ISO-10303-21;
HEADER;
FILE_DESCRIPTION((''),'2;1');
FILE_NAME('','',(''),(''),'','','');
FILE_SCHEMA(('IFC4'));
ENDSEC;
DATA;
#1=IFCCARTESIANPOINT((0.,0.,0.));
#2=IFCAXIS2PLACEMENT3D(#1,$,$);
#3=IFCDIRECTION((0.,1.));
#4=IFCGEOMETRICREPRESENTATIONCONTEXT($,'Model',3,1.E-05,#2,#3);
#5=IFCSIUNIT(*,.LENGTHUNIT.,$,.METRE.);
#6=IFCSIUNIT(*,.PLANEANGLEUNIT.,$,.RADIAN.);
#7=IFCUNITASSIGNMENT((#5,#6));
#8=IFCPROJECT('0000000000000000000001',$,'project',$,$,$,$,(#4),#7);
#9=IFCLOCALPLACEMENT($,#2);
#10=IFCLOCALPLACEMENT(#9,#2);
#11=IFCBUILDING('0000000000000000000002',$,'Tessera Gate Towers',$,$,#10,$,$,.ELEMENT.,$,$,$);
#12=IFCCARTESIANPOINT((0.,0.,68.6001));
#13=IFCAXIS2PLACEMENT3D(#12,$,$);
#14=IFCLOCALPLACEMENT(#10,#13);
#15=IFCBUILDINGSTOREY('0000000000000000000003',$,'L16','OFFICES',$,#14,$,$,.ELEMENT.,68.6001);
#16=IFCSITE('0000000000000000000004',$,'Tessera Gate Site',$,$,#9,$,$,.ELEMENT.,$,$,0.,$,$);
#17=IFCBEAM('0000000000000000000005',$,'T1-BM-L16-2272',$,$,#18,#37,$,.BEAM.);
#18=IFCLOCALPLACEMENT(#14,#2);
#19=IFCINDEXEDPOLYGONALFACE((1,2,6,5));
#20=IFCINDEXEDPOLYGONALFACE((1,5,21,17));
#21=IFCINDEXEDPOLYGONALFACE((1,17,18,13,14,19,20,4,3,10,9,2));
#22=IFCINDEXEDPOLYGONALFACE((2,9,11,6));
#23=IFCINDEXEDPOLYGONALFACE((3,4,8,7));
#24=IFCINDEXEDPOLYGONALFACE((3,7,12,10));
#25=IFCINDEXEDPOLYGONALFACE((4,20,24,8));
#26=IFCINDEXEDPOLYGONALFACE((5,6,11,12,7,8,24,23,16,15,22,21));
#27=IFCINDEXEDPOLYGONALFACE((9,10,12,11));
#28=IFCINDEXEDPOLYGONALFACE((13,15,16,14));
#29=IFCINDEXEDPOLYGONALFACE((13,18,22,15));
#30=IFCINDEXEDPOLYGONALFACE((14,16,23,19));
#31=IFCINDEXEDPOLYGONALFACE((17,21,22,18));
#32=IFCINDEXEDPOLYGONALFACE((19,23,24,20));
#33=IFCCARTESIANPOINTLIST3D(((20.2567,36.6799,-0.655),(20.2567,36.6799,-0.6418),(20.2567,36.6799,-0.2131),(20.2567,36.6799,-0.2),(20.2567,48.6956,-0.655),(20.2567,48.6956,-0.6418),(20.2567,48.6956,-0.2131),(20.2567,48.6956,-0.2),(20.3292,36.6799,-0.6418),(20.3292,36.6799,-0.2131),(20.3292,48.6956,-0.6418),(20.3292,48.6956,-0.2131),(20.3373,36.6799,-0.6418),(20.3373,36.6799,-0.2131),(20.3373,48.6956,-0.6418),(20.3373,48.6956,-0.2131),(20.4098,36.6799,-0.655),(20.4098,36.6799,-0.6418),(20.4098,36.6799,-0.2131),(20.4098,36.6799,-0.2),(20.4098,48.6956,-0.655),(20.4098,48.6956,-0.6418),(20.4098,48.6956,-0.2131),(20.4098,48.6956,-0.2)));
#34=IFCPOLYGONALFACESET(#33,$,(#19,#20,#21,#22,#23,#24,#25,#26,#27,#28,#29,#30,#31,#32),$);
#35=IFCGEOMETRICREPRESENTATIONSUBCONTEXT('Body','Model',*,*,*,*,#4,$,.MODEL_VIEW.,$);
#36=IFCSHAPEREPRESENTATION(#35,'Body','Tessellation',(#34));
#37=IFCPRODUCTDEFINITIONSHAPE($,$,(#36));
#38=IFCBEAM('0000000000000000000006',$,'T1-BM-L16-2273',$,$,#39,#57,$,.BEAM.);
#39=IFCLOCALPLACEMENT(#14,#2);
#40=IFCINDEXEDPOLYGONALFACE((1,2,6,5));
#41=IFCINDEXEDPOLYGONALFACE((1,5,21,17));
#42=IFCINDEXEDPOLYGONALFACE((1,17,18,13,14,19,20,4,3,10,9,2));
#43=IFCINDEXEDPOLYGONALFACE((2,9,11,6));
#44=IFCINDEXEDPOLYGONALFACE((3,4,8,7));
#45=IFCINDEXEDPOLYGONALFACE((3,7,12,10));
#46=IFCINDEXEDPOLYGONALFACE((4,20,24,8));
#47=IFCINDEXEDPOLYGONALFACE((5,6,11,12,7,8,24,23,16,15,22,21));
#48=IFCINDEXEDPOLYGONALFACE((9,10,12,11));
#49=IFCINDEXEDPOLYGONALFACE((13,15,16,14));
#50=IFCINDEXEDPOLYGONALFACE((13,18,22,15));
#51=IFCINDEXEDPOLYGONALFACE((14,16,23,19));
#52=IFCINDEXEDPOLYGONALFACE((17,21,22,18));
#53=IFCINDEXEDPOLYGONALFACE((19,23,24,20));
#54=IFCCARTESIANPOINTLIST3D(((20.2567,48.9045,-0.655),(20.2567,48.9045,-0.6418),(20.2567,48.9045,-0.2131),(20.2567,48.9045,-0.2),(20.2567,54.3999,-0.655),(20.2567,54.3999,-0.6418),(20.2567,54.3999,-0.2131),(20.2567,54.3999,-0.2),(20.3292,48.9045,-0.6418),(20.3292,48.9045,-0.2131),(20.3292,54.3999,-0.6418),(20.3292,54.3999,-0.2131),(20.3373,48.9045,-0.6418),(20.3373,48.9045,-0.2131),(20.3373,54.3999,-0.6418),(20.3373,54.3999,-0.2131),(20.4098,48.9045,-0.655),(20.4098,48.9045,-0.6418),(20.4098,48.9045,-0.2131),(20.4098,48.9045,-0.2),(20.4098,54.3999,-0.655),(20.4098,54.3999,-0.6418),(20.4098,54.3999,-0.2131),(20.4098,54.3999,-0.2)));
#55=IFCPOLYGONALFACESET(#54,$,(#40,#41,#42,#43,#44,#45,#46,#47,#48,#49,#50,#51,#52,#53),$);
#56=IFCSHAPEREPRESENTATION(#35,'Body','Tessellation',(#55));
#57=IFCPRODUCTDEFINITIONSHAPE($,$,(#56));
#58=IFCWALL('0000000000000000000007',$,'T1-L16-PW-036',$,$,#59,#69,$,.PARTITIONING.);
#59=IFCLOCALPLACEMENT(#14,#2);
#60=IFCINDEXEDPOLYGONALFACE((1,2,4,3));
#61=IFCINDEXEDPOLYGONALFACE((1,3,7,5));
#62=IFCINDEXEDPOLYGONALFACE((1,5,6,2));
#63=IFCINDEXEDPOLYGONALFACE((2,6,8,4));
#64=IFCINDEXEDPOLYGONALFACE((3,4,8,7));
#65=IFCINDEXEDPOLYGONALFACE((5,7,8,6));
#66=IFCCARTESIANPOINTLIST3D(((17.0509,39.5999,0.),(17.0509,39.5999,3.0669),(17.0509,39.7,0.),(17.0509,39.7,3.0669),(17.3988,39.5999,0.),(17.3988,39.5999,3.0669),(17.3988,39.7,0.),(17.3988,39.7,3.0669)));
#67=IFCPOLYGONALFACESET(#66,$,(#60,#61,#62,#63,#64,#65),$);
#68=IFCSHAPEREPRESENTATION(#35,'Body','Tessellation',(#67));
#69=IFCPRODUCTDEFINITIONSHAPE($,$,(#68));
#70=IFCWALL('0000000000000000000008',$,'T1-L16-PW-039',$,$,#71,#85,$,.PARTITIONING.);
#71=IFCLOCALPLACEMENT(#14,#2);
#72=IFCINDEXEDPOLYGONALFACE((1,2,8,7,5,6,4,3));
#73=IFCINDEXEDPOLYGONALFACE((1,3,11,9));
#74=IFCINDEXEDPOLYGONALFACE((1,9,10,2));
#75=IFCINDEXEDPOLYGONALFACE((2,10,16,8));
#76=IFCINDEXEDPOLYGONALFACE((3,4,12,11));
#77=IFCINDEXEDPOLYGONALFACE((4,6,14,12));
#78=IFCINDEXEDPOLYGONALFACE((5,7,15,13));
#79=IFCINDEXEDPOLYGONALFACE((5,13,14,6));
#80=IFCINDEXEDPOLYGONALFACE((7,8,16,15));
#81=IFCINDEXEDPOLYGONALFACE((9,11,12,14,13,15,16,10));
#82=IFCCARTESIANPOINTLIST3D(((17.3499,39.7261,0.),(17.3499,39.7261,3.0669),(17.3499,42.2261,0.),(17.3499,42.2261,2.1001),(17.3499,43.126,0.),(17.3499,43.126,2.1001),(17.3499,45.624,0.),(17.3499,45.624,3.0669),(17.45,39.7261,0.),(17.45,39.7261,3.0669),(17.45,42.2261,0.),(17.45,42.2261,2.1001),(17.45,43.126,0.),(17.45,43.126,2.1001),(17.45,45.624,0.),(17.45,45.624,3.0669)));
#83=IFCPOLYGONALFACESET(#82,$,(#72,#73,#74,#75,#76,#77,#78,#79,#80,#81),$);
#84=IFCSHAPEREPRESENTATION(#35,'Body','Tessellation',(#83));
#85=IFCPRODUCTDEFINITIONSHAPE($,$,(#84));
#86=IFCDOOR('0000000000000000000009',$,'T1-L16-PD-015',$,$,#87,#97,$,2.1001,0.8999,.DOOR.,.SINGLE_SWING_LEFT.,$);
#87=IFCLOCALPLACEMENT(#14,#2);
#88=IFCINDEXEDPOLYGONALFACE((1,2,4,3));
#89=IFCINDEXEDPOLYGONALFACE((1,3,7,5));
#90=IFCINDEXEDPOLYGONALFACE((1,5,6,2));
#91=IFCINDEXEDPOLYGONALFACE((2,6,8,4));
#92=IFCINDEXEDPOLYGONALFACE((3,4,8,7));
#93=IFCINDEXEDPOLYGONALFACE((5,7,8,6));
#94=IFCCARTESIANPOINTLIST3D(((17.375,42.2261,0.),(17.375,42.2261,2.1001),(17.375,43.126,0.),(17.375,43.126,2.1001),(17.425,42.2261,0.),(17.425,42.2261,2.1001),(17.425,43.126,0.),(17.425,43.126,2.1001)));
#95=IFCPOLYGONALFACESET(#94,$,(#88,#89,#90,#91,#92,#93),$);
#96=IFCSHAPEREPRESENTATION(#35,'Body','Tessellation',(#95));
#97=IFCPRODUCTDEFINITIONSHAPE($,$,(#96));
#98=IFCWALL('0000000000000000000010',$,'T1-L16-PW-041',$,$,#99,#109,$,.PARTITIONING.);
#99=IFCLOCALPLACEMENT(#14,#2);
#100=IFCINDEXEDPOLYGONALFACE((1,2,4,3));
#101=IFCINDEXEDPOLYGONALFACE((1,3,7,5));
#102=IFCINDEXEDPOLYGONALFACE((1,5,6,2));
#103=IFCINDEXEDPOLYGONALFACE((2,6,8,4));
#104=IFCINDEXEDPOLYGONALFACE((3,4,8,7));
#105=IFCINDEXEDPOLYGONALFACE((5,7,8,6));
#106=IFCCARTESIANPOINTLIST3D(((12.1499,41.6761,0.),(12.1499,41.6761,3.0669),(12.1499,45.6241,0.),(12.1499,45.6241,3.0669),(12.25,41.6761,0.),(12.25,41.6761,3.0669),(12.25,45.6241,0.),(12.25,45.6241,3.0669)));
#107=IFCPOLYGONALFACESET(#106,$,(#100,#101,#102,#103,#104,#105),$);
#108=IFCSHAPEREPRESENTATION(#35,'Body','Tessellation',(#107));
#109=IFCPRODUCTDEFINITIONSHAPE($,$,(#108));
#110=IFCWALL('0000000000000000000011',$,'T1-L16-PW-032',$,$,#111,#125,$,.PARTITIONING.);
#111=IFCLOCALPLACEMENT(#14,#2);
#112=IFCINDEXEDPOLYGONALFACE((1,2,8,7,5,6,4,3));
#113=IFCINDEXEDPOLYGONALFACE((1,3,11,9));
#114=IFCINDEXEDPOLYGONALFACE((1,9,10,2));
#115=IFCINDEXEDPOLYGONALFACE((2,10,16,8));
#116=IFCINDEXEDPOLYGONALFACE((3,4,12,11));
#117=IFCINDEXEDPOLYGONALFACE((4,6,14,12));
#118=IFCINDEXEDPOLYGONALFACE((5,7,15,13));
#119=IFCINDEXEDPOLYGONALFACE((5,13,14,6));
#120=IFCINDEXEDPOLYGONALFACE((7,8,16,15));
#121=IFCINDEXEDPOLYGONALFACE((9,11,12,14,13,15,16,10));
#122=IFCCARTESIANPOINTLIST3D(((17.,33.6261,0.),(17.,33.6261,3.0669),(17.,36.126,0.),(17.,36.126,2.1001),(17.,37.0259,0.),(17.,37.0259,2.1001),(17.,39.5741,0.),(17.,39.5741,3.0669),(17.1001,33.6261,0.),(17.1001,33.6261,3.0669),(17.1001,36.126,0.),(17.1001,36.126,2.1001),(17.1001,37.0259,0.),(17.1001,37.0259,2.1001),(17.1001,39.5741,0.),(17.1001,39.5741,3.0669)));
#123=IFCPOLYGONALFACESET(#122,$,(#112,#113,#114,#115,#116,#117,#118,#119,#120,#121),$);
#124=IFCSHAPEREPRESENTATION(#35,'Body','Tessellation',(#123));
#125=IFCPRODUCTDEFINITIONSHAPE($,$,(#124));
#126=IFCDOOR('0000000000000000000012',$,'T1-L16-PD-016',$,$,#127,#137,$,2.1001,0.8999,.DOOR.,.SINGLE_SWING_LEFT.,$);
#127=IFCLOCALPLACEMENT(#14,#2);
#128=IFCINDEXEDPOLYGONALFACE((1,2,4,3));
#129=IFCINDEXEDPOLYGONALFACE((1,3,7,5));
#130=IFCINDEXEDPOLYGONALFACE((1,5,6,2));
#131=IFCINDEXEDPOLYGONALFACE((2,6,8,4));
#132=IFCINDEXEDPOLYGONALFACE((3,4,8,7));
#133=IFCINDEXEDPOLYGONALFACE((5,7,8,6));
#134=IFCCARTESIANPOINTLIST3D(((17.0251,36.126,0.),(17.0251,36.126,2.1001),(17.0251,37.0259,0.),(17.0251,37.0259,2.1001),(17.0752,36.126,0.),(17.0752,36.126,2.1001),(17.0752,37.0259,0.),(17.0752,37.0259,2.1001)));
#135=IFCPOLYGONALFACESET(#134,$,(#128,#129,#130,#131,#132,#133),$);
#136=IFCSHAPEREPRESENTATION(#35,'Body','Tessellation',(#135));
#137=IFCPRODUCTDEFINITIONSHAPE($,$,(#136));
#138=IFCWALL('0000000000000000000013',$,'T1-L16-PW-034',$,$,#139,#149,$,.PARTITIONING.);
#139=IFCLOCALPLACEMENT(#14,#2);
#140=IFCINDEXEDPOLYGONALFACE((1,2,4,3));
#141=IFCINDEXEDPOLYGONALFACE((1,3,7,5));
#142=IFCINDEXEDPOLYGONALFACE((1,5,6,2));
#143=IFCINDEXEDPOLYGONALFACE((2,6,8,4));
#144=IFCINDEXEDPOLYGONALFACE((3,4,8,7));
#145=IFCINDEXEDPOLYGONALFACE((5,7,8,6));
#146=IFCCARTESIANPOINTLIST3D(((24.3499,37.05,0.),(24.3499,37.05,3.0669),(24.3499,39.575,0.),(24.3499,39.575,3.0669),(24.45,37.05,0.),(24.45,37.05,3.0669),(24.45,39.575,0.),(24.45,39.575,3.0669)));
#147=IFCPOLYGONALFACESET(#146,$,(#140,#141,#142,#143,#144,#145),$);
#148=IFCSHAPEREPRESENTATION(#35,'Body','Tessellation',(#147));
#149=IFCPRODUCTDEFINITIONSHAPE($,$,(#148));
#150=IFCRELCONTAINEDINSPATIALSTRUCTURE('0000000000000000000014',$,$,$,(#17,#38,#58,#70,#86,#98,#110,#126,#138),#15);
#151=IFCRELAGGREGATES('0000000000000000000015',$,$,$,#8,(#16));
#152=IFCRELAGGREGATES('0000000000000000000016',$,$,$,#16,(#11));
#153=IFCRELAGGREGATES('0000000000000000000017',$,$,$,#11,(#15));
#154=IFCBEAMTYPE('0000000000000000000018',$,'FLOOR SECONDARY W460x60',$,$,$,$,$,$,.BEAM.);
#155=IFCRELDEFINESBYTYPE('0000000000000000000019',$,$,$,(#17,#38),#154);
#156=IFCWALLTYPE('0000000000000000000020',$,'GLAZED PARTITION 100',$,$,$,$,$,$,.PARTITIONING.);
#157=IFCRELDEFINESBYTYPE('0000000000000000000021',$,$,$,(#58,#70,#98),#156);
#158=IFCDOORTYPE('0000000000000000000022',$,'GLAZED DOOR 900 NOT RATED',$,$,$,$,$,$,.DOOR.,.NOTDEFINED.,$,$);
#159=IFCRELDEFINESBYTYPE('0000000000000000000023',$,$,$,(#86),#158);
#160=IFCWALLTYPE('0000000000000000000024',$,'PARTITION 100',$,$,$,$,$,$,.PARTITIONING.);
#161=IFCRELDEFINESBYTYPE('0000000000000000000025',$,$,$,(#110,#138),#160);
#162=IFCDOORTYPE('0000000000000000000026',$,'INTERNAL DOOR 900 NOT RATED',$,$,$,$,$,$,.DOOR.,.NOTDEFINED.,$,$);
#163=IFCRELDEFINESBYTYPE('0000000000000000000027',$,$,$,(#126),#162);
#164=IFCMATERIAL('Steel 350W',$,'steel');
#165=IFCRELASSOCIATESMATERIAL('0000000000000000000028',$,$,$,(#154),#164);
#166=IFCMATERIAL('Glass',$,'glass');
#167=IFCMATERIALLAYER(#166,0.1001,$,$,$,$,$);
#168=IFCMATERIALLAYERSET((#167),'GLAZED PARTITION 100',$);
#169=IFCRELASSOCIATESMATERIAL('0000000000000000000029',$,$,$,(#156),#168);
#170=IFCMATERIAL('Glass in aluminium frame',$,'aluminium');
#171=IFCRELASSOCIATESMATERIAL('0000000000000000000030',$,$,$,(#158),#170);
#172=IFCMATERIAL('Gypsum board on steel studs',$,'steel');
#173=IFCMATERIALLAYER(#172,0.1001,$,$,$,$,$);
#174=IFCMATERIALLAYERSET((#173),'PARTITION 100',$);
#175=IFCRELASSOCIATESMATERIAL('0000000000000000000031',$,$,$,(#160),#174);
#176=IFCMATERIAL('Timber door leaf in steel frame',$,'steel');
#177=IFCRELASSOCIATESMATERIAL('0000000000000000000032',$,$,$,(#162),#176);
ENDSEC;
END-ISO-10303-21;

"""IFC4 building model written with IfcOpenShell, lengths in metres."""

from ifc_helpers import new_model, si_unit, direction, frame, frame_2d, origin, origin_2d, place, context, subcontext, project, spatial, rectangle, i_section, extrude, source, transform, mapped, material, layer, layer_set, material_profile, profile_set, type_object, element, fill, save


model = new_model("IFC4")

# Units and contexts
model_context = context("Model", 3, precision=1e-05, world=origin(), true_north=direction((0.0, 1.0)))
body_context = subcontext(model_context, "Body", "Model", "MODEL_VIEW")
ifc_project = project(units=[si_unit("LENGTHUNIT", "METRE"), si_unit("PLANEANGLEUNIT", "RADIAN")], contexts=[model_context])

# Site, building, storey
site_placement = place(None, origin())
site = spatial("IfcSite", under=ifc_project, at=site_placement, Name="Tessera Gate Site", CompositionType="ELEMENT", RefElevation=0.0)
building_placement = place(site_placement, origin())
building = spatial("IfcBuilding", under=site, at=building_placement, Name="Tessera Gate Towers", CompositionType="ELEMENT")
storey_placement = place(building_placement, frame((0.0, 0.0, 68.6001)))
storey = spatial("IfcBuildingStorey", under=building, at=storey_placement, Name="L16", Description="OFFICES", CompositionType="ELEMENT", Elevation=68.6001)

# Beams
ifc_material_1 = material(Name="Steel 350W", Category="steel")
ifc_material_profile_1 = material_profile(ifc_material_1, i_section(OverallWidth=0.1531, OverallDepth=0.4551, WebThickness=0.0081, FlangeThickness=0.0132, at=origin_2d()), Name="W460x60")
ifc_profile_set_1 = profile_set([ifc_material_profile_1], Name="Steel 350W")
beam_type_1 = type_object("IfcBeamType", Name="FLOOR SECONDARY W460x60", PredefinedType="BEAM", material=ifc_profile_set_1)
beam_1_placement = place(storey_placement, frame((20.3333, 36.6799, -0.4275), z_axis=(0.0, 1.0, 0.0), x_axis=(-1.0, 0.0, 0.0)))
element("IfcBeam", 1, at=beam_1_placement, inside=storey, type_object=beam_type_1, Name="T1-BM-L16-2272", PredefinedType="BEAM", context=body_context, shape_type="SweptSolid", body=[
    extrude(i_section(OverallWidth=0.1531, OverallDepth=0.4551, WebThickness=0.0081, FlangeThickness=0.0132, at=origin_2d()), origin(), (0.0, 0.0, 1.0), 12.0156),
])
beam_2_placement = place(storey_placement, frame((20.3333, 48.9045, -0.4275), z_axis=(0.0, 1.0, 0.0), x_axis=(-1.0, 0.0, 0.0)))
element("IfcBeam", 2, at=beam_2_placement, inside=storey, type_object=beam_type_1, Name="T1-BM-L16-2273", PredefinedType="BEAM", context=body_context, shape_type="SweptSolid", body=[
    extrude(i_section(OverallWidth=0.1531, OverallDepth=0.4551, WebThickness=0.0081, FlangeThickness=0.0132, at=origin_2d()), origin(), (0.0, 0.0, 1.0), 5.4954),
])

# Wall
ifc_material_2 = material(Name="Glass", Category="glass")
ifc_layer_1 = layer(ifc_material_2, 0.1001)
ifc_layer_set_1 = layer_set([ifc_layer_1], Name="GLAZED PARTITION 100")
wall_type_1 = type_object("IfcWallType", Name="GLAZED PARTITION 100", PredefinedType="PARTITIONING", material=ifc_layer_set_1)
wall_1_placement = place(storey_placement, frame((17.051, 39.6499, 0.0), z_axis=(0.0, 0.0, 1.0), x_axis=(1.0, 0.0, 0.0)))
element("IfcWall", 3, at=wall_1_placement, inside=storey, type_object=wall_type_1, Name="T1-L16-PW-036", PredefinedType="PARTITIONING", context=body_context, shape_type="SweptSolid", body=[
    extrude(rectangle(XDim=0.3479, YDim=0.1001, at=frame_2d((0.1738, 0.0))), origin(), (0.0, 0.0, 1.0), 3.0669),
])

# Wall, opening, door
wall_2_placement = place(storey_placement, frame((17.3999, 39.7261, 0.0), z_axis=(0.0, 0.0, 1.0), x_axis=(0.0, 1.0, 0.0)))
wall_2 = element("IfcWall", 4, at=wall_2_placement, inside=storey, type_object=wall_type_1, Name="T1-L16-PW-039", PredefinedType="PARTITIONING", context=body_context, shape_type="SweptSolid", body=[
    extrude(rectangle(XDim=5.8979, YDim=0.1001, at=frame_2d((2.949, 0.0))), origin(), (0.0, 0.0, 1.0), 3.0669),
])
shared_shape_1 = source(origin(), body_context, "Body", "SweptSolid", [
    extrude(rectangle(XDim=0.8999, YDim=2.1001, at=frame_2d((0.45, 1.05))), frame((0.0, 0.0601, 0.0), z_axis=(0.0, -1.0, 0.0), x_axis=(1.0, 0.0, 0.0)), (0.0, 0.0, 1.0), 0.1201),
])
opening_1_placement = place(wall_2_placement, frame((2.5, 0.0, 0.0)))
opening_1 = element("IfcOpeningElement", 5, at=opening_1_placement, cuts=wall_2, PredefinedType="OPENING", context=body_context, shape_type="MappedRepresentation", body=[
    mapped(shared_shape_1, transform((0.0, 0.0, 0.0), scale=1.0)),
])
ifc_material_3 = material(Name="Glass in aluminium frame", Category="aluminium")
door_type_1 = type_object("IfcDoorType", Name="GLAZED DOOR 900 NOT RATED", OperationType="NOTDEFINED", PredefinedType="DOOR", material=ifc_material_3)
shared_shape_2 = source(origin(), body_context, "Body", "SweptSolid", [
    extrude(rectangle(XDim=0.8999, YDim=2.1001, at=frame_2d((0.45, 1.05))), frame((0.0, 0.0249, 0.0), z_axis=(0.0, -1.0, 0.0), x_axis=(1.0, 0.0, 0.0)), (0.0, 0.0, 1.0), 0.05),
])
door_1_placement = place(opening_1_placement, origin())
door_1 = element("IfcDoor", 6, at=door_1_placement, inside=storey, type_object=door_type_1, Name="T1-L16-PD-015", OperationType="SINGLE_SWING_LEFT", OverallHeight=2.1001, OverallWidth=0.8999, PredefinedType="DOOR", context=body_context, shape_type="MappedRepresentation", body=[
    mapped(shared_shape_2, transform((0.0, 0.0, 0.0), scale=1.0)),
])
fill(opening_1, door_1)

# Wall
wall_3_placement = place(storey_placement, frame((12.2, 41.676, 0.0), z_axis=(0.0, 0.0, 1.0), x_axis=(0.0, 1.0, 0.0)))
element("IfcWall", 7, at=wall_3_placement, inside=storey, type_object=wall_type_1, Name="T1-L16-PW-041", PredefinedType="PARTITIONING", context=body_context, shape_type="SweptSolid", body=[
    extrude(rectangle(XDim=3.948, YDim=0.1001, at=frame_2d((1.9741, 0.0))), origin(), (0.0, 0.0, 1.0), 3.0669),
])

# Wall, opening, door
ifc_material_4 = material(Name="Gypsum board on steel studs", Category="steel")
ifc_layer_2 = layer(ifc_material_4, 0.1001)
ifc_layer_set_2 = layer_set([ifc_layer_2], Name="PARTITION 100")
wall_type_2 = type_object("IfcWallType", Name="PARTITION 100", PredefinedType="PARTITIONING", material=ifc_layer_set_2)
wall_4_placement = place(storey_placement, frame((17.05, 33.626, 0.0), z_axis=(0.0, 0.0, 1.0), x_axis=(0.0, 1.0, 0.0)))
wall_4 = element("IfcWall", 8, at=wall_4_placement, inside=storey, type_object=wall_type_2, Name="T1-L16-PW-032", PredefinedType="PARTITIONING", context=body_context, shape_type="SweptSolid", body=[
    extrude(rectangle(XDim=5.948, YDim=0.1001, at=frame_2d((2.9741, 0.0))), origin(), (0.0, 0.0, 1.0), 3.0669),
])
opening_2_placement = place(wall_4_placement, frame((2.5, 0.0, 0.0)))
opening_2 = element("IfcOpeningElement", 9, at=opening_2_placement, cuts=wall_4, PredefinedType="OPENING", context=body_context, shape_type="MappedRepresentation", body=[
    mapped(shared_shape_1, transform((0.0, 0.0, 0.0), scale=1.0)),
])
ifc_material_5 = material(Name="Timber door leaf in steel frame", Category="steel")
door_type_2 = type_object("IfcDoorType", Name="INTERNAL DOOR 900 NOT RATED", OperationType="NOTDEFINED", PredefinedType="DOOR", material=ifc_material_5)
door_2_placement = place(opening_2_placement, origin())
door_2 = element("IfcDoor", 10, at=door_2_placement, inside=storey, type_object=door_type_2, Name="T1-L16-PD-016", OperationType="SINGLE_SWING_LEFT", OverallHeight=2.1001, OverallWidth=0.8999, PredefinedType="DOOR", context=body_context, shape_type="MappedRepresentation", body=[
    mapped(shared_shape_2, transform((0.0, 0.0, 0.0), scale=1.0)),
])
fill(opening_2, door_2)

# Wall
wall_5_placement = place(storey_placement, frame((24.3999, 37.05, 0.0), z_axis=(0.0, 0.0, 1.0), x_axis=(0.0, 1.0, 0.0)))
element("IfcWall", 11, at=wall_5_placement, inside=storey, type_object=wall_type_2, Name="T1-L16-PW-034", PredefinedType="PARTITIONING", context=body_context, shape_type="SweptSolid", body=[
    extrude(rectangle(XDim=2.5249, YDim=0.1001, at=frame_2d((1.2625, 0.0))), origin(), (0.0, 0.0, 1.0), 3.0669),
])

save(model, "model.ifc")
